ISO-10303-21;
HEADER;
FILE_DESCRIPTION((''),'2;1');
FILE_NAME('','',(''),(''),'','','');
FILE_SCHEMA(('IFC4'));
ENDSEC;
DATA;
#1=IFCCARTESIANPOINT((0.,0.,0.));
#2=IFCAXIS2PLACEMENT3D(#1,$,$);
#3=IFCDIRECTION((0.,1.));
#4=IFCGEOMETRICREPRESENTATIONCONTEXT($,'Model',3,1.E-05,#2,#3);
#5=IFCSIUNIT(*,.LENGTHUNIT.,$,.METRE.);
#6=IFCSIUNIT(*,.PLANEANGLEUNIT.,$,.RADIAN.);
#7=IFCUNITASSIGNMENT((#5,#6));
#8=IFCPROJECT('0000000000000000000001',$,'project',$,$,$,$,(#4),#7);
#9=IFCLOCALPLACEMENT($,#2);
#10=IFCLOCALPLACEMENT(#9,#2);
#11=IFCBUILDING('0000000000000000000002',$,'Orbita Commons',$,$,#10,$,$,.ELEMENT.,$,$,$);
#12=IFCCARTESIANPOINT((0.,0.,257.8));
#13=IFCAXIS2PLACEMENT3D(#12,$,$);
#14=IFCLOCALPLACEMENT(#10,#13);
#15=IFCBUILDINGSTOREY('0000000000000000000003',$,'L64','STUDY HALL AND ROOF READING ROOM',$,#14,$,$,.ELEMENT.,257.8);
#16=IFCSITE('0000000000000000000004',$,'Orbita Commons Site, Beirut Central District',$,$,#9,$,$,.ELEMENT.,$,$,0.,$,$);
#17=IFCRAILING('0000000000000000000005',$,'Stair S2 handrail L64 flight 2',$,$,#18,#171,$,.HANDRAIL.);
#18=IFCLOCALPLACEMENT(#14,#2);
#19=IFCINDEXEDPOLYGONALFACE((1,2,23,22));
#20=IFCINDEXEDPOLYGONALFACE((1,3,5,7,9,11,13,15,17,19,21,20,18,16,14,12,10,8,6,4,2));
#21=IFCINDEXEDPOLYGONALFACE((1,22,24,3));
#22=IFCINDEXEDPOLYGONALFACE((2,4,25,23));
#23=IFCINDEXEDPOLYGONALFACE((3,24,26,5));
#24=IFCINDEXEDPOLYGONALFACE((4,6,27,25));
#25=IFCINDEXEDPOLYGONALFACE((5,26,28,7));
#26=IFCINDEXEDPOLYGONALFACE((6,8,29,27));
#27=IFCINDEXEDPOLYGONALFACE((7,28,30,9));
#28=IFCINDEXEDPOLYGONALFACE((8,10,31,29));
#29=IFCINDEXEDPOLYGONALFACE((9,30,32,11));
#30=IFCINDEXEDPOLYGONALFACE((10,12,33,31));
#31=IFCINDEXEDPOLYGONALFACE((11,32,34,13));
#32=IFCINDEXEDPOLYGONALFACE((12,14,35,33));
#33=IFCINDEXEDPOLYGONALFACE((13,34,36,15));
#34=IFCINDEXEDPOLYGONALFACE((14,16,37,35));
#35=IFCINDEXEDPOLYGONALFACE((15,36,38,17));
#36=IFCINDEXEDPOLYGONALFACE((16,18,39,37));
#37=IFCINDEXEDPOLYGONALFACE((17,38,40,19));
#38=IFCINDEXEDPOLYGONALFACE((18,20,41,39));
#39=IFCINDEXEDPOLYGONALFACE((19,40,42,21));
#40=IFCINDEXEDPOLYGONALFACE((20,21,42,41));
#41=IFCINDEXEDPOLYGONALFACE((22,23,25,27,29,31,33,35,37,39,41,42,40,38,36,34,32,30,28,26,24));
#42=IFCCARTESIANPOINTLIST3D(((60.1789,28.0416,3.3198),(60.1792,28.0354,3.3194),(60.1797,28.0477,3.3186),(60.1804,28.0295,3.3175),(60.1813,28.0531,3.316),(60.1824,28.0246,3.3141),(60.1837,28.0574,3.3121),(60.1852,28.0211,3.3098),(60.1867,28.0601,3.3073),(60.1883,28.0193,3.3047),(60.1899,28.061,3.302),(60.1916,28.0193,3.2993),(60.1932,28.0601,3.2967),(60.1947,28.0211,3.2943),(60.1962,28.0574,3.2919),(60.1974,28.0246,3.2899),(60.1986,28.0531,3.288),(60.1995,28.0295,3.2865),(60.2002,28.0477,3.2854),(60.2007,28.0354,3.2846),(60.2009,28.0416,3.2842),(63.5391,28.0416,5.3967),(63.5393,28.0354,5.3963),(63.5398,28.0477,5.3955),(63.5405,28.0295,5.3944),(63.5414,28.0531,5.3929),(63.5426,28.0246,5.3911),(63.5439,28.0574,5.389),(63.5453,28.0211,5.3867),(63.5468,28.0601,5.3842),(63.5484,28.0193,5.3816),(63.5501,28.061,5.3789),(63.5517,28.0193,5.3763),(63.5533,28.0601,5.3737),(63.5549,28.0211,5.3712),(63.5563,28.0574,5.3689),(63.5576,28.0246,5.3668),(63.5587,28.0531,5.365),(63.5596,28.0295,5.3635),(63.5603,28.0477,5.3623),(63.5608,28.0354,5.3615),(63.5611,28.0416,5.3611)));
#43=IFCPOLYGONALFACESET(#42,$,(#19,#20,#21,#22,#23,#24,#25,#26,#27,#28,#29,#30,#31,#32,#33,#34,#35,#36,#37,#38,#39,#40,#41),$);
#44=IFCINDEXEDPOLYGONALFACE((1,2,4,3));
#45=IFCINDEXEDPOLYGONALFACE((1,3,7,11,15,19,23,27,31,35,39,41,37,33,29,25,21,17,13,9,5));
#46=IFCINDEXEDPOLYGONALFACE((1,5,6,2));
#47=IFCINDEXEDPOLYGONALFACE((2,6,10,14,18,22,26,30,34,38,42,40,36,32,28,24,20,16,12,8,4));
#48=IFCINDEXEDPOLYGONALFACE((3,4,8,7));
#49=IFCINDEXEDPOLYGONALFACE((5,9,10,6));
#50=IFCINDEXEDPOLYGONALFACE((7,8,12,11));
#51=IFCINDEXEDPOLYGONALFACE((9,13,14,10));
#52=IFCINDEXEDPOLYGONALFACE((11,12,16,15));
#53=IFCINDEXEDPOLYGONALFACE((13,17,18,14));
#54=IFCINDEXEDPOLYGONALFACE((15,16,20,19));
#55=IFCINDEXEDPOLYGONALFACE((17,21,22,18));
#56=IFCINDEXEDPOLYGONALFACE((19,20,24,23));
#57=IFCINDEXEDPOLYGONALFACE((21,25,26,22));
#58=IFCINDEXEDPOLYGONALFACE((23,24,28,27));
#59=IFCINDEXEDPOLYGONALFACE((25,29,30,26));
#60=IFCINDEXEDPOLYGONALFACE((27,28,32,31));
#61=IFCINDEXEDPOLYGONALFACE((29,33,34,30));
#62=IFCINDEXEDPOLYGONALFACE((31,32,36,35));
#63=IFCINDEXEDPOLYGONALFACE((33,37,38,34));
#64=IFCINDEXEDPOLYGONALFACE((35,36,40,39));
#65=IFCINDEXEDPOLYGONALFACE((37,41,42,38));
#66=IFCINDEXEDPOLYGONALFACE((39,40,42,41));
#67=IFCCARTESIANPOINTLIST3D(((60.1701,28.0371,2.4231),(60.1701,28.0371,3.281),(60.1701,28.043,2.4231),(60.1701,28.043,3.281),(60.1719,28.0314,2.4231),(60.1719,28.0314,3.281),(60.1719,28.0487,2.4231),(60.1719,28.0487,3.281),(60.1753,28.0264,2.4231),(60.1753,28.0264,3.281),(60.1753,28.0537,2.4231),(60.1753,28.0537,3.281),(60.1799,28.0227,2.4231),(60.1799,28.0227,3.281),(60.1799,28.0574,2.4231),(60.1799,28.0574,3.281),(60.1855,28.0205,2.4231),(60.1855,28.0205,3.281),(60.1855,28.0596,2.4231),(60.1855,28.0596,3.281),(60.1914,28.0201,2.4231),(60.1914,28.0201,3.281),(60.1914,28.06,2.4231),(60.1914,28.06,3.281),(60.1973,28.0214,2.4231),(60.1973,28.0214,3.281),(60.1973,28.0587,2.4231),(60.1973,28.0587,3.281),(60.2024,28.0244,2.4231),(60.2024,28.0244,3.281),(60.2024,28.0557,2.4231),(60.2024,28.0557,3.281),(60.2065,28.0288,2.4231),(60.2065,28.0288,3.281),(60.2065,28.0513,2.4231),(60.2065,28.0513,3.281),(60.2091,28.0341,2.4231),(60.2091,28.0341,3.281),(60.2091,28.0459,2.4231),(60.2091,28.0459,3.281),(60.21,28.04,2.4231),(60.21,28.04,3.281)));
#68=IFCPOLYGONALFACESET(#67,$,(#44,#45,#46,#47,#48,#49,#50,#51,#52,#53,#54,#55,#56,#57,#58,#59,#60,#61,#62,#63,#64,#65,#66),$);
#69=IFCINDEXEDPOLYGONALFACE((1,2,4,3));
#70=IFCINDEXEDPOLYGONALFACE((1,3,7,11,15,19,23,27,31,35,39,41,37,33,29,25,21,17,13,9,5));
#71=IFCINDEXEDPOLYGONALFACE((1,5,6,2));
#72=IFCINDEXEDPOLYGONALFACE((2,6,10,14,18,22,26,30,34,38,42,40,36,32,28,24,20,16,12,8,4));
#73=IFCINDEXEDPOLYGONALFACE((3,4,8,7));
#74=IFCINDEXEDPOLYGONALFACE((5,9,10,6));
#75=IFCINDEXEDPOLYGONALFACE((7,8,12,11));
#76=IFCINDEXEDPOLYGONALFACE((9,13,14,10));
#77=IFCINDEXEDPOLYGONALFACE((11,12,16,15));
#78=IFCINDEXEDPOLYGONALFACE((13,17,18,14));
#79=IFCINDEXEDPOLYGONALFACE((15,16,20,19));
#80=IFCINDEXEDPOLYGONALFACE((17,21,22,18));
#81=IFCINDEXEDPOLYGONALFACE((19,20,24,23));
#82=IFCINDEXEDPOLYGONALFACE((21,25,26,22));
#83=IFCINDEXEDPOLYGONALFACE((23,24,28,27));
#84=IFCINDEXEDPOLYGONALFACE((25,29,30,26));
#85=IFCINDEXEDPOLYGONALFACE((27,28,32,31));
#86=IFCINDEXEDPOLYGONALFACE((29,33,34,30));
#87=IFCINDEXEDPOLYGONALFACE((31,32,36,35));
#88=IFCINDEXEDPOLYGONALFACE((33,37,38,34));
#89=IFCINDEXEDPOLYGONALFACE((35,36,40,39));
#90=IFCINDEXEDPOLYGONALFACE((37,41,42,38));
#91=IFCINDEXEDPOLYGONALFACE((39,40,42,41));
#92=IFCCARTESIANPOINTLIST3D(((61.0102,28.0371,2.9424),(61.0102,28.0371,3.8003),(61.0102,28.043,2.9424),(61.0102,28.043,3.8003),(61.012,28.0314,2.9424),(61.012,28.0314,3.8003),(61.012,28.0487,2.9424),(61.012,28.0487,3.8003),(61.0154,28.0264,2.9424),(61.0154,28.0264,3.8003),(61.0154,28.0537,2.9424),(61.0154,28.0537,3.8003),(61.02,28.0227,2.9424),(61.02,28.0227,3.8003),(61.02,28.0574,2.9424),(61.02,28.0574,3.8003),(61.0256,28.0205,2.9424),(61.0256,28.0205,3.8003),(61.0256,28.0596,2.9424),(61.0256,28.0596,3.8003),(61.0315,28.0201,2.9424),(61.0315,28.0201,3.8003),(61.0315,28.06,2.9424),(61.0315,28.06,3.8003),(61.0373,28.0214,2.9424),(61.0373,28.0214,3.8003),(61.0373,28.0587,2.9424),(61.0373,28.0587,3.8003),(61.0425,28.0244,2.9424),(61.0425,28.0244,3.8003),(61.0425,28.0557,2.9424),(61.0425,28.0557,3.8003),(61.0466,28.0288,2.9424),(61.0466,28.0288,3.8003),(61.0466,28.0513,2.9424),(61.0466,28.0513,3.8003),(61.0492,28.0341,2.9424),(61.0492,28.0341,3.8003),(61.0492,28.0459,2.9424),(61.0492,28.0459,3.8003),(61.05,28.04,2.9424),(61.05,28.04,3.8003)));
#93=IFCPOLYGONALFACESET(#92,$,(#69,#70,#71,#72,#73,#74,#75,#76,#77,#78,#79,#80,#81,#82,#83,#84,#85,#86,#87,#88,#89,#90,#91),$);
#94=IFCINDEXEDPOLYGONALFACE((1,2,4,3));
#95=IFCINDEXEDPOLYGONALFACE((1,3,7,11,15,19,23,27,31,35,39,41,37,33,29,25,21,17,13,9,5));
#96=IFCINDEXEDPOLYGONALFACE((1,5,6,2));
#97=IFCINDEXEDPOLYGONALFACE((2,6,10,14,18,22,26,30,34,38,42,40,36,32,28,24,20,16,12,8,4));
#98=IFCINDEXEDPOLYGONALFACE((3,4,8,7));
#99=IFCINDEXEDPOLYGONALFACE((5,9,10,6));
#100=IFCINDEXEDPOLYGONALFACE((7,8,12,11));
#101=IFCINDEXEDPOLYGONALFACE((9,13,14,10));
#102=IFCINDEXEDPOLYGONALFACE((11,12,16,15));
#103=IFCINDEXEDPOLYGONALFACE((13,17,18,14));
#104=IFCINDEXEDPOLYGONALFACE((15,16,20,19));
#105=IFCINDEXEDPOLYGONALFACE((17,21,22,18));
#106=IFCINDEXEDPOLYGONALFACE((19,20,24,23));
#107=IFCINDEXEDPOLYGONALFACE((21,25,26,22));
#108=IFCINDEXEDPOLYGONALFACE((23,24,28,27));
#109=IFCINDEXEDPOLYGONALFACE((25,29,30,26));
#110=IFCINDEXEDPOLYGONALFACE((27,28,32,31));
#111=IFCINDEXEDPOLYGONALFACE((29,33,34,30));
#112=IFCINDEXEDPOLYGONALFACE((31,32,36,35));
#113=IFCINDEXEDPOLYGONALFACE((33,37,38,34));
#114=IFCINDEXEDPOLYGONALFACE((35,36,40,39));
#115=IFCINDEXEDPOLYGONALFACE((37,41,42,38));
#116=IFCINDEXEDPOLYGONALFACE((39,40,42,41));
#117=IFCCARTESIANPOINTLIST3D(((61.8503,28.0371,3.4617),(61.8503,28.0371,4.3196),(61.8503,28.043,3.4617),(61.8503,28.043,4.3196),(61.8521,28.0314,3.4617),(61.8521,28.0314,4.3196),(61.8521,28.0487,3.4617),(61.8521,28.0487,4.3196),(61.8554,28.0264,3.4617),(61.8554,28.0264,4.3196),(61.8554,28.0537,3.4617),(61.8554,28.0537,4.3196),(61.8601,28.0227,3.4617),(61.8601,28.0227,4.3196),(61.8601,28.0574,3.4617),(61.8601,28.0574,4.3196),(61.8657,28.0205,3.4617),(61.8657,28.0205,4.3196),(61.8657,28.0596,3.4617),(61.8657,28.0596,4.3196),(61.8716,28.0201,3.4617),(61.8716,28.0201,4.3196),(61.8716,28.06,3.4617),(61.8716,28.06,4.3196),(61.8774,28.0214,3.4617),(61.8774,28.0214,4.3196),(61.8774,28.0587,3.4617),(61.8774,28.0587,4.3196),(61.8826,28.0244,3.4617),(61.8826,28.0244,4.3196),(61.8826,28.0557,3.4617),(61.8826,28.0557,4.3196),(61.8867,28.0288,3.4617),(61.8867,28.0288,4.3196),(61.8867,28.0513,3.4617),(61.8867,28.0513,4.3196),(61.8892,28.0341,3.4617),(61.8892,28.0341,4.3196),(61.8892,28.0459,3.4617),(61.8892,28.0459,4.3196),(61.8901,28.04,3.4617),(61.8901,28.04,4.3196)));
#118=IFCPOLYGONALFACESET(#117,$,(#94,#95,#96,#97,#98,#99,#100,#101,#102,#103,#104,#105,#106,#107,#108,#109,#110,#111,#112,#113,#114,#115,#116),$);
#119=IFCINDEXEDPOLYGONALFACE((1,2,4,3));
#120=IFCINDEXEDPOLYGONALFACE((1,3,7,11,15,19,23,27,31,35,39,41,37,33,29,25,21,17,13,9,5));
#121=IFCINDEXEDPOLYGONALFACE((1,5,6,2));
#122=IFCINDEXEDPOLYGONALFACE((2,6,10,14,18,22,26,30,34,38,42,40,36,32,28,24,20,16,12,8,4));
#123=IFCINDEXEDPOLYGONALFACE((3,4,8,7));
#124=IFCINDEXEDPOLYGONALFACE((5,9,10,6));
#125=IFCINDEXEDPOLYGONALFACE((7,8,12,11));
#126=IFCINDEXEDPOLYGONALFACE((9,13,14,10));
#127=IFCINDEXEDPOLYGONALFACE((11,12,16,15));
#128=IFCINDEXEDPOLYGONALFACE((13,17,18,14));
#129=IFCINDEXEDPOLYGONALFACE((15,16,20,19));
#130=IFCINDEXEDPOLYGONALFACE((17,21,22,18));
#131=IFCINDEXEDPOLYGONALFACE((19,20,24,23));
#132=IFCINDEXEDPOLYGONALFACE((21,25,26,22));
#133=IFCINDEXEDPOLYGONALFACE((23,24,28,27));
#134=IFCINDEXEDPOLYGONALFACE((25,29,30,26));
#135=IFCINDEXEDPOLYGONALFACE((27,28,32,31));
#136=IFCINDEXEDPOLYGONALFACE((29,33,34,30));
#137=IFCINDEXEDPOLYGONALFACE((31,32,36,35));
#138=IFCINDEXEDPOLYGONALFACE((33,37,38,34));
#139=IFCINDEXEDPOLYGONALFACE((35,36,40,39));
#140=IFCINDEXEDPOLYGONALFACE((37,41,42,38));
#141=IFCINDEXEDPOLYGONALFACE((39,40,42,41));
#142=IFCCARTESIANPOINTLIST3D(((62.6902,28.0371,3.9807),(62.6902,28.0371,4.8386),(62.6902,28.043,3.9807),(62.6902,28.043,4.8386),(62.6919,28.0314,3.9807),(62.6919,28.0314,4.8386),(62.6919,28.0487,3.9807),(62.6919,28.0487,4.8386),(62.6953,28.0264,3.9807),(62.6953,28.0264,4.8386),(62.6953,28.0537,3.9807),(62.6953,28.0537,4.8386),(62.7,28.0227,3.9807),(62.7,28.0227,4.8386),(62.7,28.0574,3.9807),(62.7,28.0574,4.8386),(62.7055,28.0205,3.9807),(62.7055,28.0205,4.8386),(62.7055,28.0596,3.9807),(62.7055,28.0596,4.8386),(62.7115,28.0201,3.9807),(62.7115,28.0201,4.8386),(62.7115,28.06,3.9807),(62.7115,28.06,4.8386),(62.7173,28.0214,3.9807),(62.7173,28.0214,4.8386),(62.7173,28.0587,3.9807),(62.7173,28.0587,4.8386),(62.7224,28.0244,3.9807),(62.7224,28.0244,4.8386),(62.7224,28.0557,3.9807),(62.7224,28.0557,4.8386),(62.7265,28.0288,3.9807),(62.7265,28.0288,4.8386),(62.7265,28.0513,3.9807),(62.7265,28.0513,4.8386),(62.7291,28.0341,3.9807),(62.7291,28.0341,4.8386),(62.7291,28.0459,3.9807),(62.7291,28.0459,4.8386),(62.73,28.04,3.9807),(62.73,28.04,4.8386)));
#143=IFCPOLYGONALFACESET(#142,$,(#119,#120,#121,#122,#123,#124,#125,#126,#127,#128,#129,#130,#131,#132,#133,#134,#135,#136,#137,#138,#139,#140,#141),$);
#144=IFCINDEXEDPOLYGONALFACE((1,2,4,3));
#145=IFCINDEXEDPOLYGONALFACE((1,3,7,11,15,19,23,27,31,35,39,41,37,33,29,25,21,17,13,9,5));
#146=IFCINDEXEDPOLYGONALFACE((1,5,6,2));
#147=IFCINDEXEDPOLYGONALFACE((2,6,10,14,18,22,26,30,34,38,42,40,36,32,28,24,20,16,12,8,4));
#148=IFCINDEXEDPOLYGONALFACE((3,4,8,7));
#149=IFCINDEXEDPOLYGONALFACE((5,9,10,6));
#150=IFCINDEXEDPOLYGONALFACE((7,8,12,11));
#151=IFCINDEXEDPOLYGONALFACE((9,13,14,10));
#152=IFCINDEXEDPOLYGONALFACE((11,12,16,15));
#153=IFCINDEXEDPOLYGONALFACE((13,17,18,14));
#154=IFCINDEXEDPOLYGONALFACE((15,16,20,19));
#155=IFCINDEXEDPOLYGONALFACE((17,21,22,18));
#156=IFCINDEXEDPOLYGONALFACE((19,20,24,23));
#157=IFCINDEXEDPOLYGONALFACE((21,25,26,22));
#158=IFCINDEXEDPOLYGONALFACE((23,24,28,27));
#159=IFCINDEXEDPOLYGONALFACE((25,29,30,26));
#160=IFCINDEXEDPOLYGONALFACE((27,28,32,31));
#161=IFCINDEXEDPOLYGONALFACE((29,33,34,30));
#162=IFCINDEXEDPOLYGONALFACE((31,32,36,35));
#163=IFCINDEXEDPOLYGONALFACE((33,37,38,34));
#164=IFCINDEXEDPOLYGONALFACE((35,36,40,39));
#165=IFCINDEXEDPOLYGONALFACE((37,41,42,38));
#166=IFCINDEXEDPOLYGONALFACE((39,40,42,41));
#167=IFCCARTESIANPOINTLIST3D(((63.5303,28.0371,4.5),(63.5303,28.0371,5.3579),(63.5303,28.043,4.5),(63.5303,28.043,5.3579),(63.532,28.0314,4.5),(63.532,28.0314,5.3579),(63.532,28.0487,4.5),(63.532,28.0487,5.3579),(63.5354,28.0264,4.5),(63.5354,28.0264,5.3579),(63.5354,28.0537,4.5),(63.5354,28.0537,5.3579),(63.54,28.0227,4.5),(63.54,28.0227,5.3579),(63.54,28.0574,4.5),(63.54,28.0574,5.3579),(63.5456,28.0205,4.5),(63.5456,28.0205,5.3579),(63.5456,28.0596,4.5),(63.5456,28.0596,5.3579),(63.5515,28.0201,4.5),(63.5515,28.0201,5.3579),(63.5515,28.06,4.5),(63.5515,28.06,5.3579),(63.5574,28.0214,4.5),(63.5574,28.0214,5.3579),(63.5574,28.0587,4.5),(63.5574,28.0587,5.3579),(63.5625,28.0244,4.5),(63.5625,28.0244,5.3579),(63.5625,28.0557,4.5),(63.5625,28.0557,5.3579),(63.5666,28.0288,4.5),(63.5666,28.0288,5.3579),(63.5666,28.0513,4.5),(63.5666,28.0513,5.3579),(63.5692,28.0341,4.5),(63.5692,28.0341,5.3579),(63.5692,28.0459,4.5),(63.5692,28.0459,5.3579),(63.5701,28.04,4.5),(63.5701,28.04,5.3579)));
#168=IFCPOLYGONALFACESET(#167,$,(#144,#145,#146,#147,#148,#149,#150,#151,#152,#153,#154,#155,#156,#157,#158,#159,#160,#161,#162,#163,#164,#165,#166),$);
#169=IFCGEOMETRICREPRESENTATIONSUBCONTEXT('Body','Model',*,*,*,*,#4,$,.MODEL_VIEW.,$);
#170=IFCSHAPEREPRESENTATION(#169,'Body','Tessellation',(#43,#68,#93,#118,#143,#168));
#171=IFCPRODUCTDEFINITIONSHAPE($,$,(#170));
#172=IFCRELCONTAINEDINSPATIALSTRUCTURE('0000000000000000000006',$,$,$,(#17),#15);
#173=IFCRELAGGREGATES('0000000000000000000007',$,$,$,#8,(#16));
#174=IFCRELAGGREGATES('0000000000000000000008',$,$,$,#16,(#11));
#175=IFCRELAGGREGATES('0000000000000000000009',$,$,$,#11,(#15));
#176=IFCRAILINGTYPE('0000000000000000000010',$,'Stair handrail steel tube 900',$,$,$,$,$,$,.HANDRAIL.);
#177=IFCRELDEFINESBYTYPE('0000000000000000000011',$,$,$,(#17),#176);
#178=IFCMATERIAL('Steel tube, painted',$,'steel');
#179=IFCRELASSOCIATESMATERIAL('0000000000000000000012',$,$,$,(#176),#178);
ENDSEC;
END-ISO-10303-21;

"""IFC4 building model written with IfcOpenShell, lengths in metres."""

from ifc_helpers import new_model, si_unit, direction, frame, origin, origin_2d, place, context, subcontext, project, spatial, circle, extrude, material, type_object, element, save


model = new_model("IFC4")

# Units and contexts
model_context = context("Model", 3, precision=1e-05, world=origin(), true_north=direction((0.0, 1.0)))
body_context = subcontext(model_context, "Body", "Model", "MODEL_VIEW")
ifc_project = project(units=[si_unit("LENGTHUNIT", "METRE"), si_unit("PLANEANGLEUNIT", "RADIAN")], contexts=[model_context])

# Site, building, storey
site_placement = place(None, origin())
site = spatial("IfcSite", under=ifc_project, at=site_placement, Name="Orbita Commons Site, Beirut Central District", CompositionType="ELEMENT", RefElevation=0.0)
building_placement = place(site_placement, origin())
building = spatial("IfcBuilding", under=site, at=building_placement, Name="Orbita Commons", CompositionType="ELEMENT")
storey_placement = place(building_placement, frame((0.0, 0.0, 257.8)))
storey = spatial("IfcBuildingStorey", under=building, at=storey_placement, Name="L64", Description="STUDY HALL AND ROOF READING ROOM", CompositionType="ELEMENT", Elevation=257.8)

# Railing
ifc_material_1 = material(Name="Steel tube, painted", Category="steel")
railing_type = type_object("IfcRailingType", Name="Stair handrail steel tube 900", PredefinedType="HANDRAIL", material=ifc_material_1)
for number, where, name in (
    (1, (60.1899, 28.04, 2.4231), "Stair S2 handrail L64 flight 2"),
):
    element("IfcRailing", number, at=place(storey_placement, frame(where)), inside=storey, type_object=railing_type, Name=name, PredefinedType="HANDRAIL", context=body_context, shape_type="SweptSolid", body=[
        extrude(circle(Radius=0.021, at=origin_2d()), frame((0.0, 0.0, 0.8789), z_axis=(0.850623, 0.0, 0.525776), x_axis=(0.0, 1.0, 0.0)), (0.0, 0.0, 1.0), 3.9502),
        extrude(circle(Radius=0.02, at=origin_2d()), origin(), (0.0, 0.0, 1.0), 0.8579),
        extrude(circle(Radius=0.02, at=origin_2d()), frame((0.8401, 0.0, 0.5193)), (0.0, 0.0, 1.0), 0.8579),
        extrude(circle(Radius=0.02, at=origin_2d()), frame((1.6802, 0.0, 1.0386)), (0.0, 0.0, 1.0), 0.8579),
        extrude(circle(Radius=0.02, at=origin_2d()), frame((2.52, 0.0, 1.5576)), (0.0, 0.0, 1.0), 0.8579),
        extrude(circle(Radius=0.02, at=origin_2d()), frame((3.3601, 0.0, 2.0769)), (0.0, 0.0, 1.0), 0.8579),
    ])

save(model, "model.ifc")
